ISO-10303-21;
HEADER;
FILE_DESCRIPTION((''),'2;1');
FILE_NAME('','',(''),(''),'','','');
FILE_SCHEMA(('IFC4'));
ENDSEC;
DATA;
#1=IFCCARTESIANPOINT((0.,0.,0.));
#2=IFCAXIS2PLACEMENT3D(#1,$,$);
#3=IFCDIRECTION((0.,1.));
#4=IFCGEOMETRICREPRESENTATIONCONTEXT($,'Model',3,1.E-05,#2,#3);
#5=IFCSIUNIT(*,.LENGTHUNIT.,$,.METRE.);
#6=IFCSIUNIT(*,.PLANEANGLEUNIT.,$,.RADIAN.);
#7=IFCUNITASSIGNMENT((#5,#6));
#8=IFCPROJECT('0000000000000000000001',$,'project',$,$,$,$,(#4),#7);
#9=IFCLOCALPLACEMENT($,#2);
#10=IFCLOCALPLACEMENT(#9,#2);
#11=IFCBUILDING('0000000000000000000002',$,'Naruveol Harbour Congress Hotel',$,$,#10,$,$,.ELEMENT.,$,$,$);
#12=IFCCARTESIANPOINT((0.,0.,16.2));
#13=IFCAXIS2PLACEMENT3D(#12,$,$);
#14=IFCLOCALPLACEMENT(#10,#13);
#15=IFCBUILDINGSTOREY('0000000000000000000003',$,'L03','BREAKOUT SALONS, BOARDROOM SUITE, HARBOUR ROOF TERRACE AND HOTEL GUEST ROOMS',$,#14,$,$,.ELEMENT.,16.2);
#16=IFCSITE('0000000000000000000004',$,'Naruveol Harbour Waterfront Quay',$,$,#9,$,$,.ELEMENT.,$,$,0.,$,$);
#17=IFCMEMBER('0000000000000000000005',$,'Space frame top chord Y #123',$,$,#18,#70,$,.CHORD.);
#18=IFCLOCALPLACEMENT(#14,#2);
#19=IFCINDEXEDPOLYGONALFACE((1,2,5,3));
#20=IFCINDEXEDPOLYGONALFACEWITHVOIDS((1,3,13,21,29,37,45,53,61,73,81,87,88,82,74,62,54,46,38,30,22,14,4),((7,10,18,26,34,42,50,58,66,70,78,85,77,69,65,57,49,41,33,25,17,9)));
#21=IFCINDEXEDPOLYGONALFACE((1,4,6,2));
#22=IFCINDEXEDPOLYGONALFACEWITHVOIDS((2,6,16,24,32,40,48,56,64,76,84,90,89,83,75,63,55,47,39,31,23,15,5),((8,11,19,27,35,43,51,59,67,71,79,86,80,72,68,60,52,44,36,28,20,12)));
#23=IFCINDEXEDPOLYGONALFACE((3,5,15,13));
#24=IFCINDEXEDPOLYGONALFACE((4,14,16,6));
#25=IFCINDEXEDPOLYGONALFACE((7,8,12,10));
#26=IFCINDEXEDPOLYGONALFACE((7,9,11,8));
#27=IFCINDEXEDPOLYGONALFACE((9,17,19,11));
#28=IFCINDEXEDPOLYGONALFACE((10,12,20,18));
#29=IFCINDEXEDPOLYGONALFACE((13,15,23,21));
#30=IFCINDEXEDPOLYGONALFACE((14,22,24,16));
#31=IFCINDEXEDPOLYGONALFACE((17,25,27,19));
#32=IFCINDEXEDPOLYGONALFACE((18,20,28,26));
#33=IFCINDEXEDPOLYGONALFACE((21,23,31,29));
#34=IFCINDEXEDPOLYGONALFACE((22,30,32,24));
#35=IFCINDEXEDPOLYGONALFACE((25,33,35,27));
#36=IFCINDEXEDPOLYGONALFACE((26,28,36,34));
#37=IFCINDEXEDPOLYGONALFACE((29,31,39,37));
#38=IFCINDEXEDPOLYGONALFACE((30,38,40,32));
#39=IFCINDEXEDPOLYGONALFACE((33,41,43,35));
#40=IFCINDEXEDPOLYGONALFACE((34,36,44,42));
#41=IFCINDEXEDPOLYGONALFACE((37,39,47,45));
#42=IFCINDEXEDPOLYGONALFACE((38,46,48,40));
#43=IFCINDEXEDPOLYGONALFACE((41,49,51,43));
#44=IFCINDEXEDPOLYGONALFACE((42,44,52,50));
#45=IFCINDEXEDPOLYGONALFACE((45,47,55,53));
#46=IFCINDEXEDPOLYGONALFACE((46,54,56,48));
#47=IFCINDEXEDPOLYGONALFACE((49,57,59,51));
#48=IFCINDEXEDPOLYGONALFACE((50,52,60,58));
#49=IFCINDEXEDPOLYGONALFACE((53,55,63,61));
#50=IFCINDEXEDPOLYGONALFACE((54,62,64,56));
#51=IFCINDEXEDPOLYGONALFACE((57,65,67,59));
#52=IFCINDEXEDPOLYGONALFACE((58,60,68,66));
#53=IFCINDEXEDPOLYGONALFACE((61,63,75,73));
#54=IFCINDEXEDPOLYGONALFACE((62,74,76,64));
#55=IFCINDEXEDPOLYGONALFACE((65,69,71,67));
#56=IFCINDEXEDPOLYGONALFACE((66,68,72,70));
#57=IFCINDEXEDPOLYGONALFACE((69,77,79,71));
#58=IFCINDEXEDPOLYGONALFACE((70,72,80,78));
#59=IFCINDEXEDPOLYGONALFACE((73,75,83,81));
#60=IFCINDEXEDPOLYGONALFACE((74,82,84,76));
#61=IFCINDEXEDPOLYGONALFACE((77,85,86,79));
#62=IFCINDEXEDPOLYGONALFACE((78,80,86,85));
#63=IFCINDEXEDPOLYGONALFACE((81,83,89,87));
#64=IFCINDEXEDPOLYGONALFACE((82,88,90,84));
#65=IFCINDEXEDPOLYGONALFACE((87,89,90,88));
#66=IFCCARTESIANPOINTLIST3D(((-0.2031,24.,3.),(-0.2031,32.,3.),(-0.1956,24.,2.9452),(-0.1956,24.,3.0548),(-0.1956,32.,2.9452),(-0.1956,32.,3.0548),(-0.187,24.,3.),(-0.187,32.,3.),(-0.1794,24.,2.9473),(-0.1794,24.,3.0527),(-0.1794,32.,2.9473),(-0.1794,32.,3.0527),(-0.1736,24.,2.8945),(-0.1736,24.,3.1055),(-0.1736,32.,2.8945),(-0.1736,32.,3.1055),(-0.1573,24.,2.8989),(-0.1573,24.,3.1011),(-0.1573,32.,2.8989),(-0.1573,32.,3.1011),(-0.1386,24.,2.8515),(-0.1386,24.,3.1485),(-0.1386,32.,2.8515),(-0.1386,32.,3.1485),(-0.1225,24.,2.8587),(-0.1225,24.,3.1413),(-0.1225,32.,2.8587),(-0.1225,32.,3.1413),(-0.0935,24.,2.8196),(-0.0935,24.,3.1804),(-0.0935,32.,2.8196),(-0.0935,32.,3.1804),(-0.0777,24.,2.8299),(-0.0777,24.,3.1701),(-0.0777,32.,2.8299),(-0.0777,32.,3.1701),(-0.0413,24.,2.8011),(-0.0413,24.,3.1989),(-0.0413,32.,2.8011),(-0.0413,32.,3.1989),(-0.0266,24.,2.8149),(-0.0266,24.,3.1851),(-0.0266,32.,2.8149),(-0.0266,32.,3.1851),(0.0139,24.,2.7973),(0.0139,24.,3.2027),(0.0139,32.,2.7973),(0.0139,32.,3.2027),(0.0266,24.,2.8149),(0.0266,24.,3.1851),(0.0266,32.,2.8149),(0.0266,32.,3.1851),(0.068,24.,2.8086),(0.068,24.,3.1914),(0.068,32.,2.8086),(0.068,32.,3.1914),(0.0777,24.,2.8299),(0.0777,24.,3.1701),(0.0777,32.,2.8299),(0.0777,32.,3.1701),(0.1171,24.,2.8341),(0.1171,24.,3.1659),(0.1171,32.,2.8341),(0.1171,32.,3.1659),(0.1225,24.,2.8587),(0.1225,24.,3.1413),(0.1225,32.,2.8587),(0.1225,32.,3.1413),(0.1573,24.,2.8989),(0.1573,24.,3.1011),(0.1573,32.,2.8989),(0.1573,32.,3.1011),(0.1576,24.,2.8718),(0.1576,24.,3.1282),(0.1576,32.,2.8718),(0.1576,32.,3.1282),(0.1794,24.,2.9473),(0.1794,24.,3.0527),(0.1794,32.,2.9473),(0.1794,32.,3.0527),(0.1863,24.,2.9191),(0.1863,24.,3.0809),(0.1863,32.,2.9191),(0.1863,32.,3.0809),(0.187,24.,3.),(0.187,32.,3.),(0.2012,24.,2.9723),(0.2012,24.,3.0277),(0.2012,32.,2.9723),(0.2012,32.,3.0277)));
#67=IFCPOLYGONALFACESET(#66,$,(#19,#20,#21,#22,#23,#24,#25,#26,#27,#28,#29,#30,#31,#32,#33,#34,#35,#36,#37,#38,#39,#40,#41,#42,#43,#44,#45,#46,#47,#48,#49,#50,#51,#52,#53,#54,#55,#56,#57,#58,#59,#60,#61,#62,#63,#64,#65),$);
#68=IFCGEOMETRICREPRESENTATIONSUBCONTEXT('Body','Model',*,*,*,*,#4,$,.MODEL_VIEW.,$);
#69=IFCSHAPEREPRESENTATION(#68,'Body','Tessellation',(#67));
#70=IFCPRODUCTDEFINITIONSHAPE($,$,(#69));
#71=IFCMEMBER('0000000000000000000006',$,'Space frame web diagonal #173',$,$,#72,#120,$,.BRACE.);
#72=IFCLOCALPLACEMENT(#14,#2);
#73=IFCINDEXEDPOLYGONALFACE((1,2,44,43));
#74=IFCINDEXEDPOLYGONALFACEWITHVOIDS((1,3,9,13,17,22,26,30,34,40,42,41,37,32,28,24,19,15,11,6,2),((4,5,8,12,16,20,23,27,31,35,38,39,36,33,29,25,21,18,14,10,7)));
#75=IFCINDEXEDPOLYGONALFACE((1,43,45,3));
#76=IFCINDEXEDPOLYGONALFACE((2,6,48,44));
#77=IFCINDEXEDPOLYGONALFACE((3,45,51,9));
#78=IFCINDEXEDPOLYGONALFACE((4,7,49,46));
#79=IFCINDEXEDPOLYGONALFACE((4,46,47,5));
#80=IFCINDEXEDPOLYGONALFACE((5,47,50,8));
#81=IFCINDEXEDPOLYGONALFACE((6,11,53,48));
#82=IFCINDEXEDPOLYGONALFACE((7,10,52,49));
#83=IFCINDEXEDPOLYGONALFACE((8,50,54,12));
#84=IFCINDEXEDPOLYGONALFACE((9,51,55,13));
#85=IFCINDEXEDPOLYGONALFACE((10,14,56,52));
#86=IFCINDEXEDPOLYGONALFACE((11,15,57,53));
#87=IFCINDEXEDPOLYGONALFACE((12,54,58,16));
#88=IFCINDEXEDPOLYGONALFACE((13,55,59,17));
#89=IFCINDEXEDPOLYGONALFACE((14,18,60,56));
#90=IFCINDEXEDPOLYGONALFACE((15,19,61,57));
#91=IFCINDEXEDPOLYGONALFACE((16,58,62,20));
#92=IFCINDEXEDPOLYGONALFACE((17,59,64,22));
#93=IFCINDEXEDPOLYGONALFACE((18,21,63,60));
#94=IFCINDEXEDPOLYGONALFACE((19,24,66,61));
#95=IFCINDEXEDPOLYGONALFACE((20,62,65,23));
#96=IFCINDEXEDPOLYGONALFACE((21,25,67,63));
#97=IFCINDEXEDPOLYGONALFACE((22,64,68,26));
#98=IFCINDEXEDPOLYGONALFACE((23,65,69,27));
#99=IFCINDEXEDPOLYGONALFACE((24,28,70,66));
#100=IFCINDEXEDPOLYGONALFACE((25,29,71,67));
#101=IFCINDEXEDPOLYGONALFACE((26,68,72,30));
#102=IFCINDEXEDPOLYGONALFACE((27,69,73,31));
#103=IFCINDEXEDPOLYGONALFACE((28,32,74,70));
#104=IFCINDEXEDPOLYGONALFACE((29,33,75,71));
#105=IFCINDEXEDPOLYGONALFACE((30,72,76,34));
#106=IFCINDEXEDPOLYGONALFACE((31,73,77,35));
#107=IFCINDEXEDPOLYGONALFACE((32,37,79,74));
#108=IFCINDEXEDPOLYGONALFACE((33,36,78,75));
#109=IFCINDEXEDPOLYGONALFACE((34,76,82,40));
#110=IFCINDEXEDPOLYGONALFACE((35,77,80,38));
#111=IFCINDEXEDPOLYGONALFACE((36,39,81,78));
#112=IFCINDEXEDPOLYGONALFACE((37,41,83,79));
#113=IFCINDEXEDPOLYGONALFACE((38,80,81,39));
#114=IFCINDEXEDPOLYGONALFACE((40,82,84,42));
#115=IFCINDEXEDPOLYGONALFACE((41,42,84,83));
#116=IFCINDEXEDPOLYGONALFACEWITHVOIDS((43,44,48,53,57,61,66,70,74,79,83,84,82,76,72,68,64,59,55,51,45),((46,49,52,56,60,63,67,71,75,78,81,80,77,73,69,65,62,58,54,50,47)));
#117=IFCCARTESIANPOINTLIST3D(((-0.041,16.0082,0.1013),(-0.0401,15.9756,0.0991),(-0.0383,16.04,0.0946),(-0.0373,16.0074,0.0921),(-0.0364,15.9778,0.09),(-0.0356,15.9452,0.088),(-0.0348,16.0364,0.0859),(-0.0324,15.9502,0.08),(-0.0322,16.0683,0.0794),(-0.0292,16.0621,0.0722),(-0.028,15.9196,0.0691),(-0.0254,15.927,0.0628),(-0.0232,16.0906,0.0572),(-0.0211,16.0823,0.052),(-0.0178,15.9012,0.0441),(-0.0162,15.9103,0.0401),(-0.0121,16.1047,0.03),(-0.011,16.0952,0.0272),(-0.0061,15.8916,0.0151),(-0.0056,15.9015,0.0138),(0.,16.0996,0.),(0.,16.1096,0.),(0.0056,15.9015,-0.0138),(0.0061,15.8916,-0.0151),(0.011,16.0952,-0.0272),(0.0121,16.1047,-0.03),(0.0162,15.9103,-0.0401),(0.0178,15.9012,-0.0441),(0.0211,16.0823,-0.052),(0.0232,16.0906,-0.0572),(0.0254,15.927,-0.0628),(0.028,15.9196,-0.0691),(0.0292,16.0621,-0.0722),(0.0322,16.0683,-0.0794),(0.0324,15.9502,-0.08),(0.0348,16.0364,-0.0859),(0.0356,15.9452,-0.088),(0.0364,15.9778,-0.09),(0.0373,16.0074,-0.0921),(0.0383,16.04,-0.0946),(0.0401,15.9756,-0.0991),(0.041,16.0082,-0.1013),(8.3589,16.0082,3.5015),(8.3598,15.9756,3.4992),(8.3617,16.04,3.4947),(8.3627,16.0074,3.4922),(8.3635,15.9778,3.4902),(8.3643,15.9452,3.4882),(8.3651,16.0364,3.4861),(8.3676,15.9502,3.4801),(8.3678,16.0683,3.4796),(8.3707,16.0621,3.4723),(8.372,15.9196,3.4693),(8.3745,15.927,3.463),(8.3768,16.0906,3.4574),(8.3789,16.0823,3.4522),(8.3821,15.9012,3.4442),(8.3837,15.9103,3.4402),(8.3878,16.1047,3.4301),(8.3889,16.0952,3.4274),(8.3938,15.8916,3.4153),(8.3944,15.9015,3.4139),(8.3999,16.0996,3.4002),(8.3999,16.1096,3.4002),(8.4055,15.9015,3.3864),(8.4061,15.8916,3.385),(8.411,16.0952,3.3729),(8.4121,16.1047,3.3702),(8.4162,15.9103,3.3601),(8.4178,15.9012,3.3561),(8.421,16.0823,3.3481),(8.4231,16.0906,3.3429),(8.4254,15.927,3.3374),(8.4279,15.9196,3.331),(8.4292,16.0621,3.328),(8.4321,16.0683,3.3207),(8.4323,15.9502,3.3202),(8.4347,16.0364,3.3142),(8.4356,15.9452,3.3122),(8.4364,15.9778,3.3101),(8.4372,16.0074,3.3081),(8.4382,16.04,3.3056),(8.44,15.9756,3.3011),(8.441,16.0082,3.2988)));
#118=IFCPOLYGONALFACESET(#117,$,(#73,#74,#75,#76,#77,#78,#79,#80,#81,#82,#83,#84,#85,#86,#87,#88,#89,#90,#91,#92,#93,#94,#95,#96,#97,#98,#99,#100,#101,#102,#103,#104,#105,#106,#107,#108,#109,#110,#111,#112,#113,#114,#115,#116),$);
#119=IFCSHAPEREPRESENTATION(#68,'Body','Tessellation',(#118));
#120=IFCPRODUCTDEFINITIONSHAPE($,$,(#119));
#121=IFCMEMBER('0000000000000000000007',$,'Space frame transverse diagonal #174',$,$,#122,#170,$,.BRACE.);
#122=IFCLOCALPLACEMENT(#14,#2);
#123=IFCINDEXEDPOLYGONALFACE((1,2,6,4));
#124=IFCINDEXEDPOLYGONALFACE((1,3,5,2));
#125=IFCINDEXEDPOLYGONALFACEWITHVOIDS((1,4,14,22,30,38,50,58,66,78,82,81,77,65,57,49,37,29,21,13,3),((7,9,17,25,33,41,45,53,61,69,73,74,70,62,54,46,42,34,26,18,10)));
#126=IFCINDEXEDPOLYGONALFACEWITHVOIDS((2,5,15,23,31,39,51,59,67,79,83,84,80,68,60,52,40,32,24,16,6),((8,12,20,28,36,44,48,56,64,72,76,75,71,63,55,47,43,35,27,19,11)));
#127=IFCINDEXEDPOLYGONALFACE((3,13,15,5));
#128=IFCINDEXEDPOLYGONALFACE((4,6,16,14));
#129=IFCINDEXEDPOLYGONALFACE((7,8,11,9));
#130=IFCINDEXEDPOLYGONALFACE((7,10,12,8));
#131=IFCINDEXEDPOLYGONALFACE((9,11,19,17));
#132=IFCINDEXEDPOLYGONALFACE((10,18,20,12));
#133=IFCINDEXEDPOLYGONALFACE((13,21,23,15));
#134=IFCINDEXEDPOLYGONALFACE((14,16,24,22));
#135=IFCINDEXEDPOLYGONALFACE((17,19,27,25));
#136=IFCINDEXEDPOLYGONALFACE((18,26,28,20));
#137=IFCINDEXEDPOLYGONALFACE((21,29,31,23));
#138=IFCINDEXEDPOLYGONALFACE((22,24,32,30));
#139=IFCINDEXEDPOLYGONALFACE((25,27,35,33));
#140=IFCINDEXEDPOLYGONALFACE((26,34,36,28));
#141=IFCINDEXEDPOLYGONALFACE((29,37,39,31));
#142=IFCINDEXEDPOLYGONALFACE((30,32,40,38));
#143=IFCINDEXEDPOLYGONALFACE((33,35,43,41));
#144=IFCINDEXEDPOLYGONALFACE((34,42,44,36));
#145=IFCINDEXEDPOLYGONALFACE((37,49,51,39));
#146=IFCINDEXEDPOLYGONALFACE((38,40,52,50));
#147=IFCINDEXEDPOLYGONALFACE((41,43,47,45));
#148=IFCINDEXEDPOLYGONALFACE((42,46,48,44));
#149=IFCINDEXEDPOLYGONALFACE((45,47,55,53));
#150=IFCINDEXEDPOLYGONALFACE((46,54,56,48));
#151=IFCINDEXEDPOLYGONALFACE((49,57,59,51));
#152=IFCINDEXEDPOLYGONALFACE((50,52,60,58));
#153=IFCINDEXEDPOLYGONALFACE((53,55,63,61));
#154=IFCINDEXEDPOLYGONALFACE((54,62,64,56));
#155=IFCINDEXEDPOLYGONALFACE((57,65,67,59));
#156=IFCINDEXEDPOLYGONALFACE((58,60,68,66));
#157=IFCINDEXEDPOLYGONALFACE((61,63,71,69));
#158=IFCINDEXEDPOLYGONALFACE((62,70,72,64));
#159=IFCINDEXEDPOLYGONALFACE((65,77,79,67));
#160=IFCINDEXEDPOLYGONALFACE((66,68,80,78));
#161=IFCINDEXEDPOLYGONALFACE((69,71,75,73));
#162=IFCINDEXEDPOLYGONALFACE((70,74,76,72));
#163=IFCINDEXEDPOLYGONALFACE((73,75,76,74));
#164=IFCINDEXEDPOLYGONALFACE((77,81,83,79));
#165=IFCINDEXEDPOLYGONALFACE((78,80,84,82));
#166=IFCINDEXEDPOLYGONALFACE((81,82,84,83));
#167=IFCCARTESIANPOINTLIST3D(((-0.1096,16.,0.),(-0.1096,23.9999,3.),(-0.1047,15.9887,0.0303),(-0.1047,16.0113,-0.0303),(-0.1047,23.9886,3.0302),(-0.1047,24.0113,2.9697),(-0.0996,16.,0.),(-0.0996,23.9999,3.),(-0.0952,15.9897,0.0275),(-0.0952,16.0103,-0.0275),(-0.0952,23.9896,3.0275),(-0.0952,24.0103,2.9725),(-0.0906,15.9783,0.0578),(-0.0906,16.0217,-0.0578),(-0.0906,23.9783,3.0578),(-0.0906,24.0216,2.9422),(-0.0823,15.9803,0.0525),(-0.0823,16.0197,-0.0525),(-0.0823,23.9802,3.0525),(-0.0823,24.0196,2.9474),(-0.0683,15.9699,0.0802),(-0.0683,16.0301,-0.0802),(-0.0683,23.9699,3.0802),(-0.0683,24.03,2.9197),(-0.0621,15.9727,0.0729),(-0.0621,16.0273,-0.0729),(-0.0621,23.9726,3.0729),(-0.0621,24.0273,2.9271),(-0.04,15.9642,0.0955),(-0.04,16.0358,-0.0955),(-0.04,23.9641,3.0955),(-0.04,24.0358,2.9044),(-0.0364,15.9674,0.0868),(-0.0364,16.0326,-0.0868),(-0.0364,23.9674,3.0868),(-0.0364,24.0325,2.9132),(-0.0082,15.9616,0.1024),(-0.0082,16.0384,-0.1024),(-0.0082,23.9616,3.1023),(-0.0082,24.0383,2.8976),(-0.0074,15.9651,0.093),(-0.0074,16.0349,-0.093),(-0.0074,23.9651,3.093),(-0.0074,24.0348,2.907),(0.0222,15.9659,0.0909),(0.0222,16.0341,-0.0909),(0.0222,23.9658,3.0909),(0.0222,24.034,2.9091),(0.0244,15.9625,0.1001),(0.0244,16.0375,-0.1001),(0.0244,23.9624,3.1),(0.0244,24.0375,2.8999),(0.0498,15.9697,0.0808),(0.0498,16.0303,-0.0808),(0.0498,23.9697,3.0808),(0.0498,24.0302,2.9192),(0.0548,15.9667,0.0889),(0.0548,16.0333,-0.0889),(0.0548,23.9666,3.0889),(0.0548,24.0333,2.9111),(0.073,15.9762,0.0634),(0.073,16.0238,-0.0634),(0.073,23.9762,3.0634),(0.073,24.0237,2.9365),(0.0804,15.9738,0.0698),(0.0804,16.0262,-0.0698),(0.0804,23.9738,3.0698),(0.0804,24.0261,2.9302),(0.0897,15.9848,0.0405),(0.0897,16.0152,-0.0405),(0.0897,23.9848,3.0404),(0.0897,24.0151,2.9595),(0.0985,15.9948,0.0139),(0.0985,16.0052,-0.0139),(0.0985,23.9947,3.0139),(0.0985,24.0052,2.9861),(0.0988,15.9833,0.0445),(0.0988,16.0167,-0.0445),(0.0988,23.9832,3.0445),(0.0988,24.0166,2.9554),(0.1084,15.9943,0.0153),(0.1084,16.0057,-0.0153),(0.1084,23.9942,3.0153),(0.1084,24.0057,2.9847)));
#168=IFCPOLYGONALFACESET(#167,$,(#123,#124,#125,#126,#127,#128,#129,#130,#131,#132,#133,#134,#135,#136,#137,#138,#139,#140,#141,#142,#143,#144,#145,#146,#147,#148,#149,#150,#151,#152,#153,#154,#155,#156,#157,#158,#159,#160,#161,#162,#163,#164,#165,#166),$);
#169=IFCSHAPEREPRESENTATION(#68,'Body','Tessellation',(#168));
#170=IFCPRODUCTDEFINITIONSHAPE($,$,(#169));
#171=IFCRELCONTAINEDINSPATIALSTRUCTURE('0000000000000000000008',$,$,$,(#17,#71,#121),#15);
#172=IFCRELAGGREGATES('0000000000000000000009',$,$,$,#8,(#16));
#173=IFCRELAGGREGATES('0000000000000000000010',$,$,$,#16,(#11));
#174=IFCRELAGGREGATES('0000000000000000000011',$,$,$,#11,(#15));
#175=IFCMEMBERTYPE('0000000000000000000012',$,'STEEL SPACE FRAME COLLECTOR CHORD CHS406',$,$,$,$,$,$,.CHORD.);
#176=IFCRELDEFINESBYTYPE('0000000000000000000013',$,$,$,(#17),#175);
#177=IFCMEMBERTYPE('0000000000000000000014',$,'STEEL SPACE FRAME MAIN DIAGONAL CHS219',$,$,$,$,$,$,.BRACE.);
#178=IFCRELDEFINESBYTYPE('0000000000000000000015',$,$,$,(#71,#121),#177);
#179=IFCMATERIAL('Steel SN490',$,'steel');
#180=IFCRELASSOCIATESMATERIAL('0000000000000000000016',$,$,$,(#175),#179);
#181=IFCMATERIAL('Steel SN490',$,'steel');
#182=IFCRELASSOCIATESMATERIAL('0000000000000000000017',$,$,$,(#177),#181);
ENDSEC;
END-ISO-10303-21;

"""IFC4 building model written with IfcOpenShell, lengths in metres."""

from ifc_helpers import new_model, si_unit, direction, frame, origin, origin_2d, place, context, subcontext, project, spatial, hollow_circle, extrude, material, material_profile, profile_set, type_object, element, save


model = new_model("IFC4")

# Units and contexts
model_context = context("Model", 3, precision=1e-05, world=origin(), true_north=direction((0.0, 1.0)))
body_context = subcontext(model_context, "Body", "Model", "MODEL_VIEW")
ifc_project = project(units=[si_unit("LENGTHUNIT", "METRE"), si_unit("PLANEANGLEUNIT", "RADIAN")], contexts=[model_context])

# Site, building, storey
site_placement = place(None, origin())
site = spatial("IfcSite", under=ifc_project, at=site_placement, Name="Naruveol Harbour Waterfront Quay", CompositionType="ELEMENT", RefElevation=0.0)
building_placement = place(site_placement, origin())
building = spatial("IfcBuilding", under=site, at=building_placement, Name="Naruveol Harbour Congress Hotel", CompositionType="ELEMENT")
storey_placement = place(building_placement, frame((0.0, 0.0, 16.2)))
storey = spatial("IfcBuildingStorey", under=building, at=storey_placement, Name="L03", Description="BREAKOUT SALONS, BOARDROOM SUITE, HARBOUR ROOF TERRACE AND HOTEL GUEST ROOMS", CompositionType="ELEMENT", Elevation=16.2)

# Members
ifc_material_1 = material(Name="Steel SN490", Category="steel")
ifc_material_profile_1 = material_profile(ifc_material_1, hollow_circle(Radius=0.2031, WallThickness=0.0161, at=origin_2d()), Name="CHS-406.4x16")
ifc_profile_set_1 = profile_set([ifc_material_profile_1], Name="Steel SN490")
member_type_1 = type_object("IfcMemberType", Name="STEEL SPACE FRAME COLLECTOR CHORD CHS406", PredefinedType="CHORD", material=ifc_profile_set_1)
for number, where, z_axis, x_axis, name in (
    (1, (0.0, 24.0, 3.0), (0.0, 1.0, 0.0), (-1.0, 0.0, 0.0), "Space frame top chord Y #123"),
):
    element("IfcMember", number, at=place(storey_placement, frame(where, z_axis=z_axis, x_axis=x_axis)), inside=storey, type_object=member_type_1, Name=name, PredefinedType="CHORD", context=body_context, shape_type="SweptSolid", body=[
        extrude(hollow_circle(Radius=0.2031, WallThickness=0.0161, at=origin_2d()), origin(), (0.0, 0.0, 1.0), 8.0),
    ])
ifc_material_2 = material(Name="Steel SN490", Category="steel")
ifc_material_profile_2 = material_profile(ifc_material_2, hollow_circle(Radius=0.1096, WallThickness=0.01, at=origin_2d()), Name="CHS-219.1x10")
ifc_profile_set_2 = profile_set([ifc_material_profile_2], Name="Steel SN490")
member_type_2 = type_object("IfcMemberType", Name="STEEL SPACE FRAME MAIN DIAGONAL CHS219", PredefinedType="BRACE", material=ifc_profile_set_2)
member_1_placement = place(storey_placement, frame((0.0, 16.0, 0.0), z_axis=(0.92694, 0.0, 0.37521), x_axis=(0.0, 1.0, 0.0)))
element("IfcMember", 2, at=member_1_placement, inside=storey, type_object=member_type_2, Name="Space frame web diagonal #173", PredefinedType="BRACE", context=body_context, shape_type="SweptSolid", body=[
    extrude(hollow_circle(Radius=0.1096, WallThickness=0.01, at=origin_2d()), origin(), (0.0, 0.0, 1.0), 9.062),
])
member_2_placement = place(storey_placement, frame((0.0, 16.0, 0.0), z_axis=(0.0, 0.936329, 0.351123), x_axis=(-1.0, 0.0, 0.0)))
element("IfcMember", 3, at=member_2_placement, inside=storey, type_object=member_type_2, Name="Space frame transverse diagonal #174", PredefinedType="BRACE", context=body_context, shape_type="SweptSolid", body=[
    extrude(hollow_circle(Radius=0.1096, WallThickness=0.01, at=origin_2d()), origin(), (0.0, 0.0, 1.0), 8.5439),
])

save(model, "model.ifc")
